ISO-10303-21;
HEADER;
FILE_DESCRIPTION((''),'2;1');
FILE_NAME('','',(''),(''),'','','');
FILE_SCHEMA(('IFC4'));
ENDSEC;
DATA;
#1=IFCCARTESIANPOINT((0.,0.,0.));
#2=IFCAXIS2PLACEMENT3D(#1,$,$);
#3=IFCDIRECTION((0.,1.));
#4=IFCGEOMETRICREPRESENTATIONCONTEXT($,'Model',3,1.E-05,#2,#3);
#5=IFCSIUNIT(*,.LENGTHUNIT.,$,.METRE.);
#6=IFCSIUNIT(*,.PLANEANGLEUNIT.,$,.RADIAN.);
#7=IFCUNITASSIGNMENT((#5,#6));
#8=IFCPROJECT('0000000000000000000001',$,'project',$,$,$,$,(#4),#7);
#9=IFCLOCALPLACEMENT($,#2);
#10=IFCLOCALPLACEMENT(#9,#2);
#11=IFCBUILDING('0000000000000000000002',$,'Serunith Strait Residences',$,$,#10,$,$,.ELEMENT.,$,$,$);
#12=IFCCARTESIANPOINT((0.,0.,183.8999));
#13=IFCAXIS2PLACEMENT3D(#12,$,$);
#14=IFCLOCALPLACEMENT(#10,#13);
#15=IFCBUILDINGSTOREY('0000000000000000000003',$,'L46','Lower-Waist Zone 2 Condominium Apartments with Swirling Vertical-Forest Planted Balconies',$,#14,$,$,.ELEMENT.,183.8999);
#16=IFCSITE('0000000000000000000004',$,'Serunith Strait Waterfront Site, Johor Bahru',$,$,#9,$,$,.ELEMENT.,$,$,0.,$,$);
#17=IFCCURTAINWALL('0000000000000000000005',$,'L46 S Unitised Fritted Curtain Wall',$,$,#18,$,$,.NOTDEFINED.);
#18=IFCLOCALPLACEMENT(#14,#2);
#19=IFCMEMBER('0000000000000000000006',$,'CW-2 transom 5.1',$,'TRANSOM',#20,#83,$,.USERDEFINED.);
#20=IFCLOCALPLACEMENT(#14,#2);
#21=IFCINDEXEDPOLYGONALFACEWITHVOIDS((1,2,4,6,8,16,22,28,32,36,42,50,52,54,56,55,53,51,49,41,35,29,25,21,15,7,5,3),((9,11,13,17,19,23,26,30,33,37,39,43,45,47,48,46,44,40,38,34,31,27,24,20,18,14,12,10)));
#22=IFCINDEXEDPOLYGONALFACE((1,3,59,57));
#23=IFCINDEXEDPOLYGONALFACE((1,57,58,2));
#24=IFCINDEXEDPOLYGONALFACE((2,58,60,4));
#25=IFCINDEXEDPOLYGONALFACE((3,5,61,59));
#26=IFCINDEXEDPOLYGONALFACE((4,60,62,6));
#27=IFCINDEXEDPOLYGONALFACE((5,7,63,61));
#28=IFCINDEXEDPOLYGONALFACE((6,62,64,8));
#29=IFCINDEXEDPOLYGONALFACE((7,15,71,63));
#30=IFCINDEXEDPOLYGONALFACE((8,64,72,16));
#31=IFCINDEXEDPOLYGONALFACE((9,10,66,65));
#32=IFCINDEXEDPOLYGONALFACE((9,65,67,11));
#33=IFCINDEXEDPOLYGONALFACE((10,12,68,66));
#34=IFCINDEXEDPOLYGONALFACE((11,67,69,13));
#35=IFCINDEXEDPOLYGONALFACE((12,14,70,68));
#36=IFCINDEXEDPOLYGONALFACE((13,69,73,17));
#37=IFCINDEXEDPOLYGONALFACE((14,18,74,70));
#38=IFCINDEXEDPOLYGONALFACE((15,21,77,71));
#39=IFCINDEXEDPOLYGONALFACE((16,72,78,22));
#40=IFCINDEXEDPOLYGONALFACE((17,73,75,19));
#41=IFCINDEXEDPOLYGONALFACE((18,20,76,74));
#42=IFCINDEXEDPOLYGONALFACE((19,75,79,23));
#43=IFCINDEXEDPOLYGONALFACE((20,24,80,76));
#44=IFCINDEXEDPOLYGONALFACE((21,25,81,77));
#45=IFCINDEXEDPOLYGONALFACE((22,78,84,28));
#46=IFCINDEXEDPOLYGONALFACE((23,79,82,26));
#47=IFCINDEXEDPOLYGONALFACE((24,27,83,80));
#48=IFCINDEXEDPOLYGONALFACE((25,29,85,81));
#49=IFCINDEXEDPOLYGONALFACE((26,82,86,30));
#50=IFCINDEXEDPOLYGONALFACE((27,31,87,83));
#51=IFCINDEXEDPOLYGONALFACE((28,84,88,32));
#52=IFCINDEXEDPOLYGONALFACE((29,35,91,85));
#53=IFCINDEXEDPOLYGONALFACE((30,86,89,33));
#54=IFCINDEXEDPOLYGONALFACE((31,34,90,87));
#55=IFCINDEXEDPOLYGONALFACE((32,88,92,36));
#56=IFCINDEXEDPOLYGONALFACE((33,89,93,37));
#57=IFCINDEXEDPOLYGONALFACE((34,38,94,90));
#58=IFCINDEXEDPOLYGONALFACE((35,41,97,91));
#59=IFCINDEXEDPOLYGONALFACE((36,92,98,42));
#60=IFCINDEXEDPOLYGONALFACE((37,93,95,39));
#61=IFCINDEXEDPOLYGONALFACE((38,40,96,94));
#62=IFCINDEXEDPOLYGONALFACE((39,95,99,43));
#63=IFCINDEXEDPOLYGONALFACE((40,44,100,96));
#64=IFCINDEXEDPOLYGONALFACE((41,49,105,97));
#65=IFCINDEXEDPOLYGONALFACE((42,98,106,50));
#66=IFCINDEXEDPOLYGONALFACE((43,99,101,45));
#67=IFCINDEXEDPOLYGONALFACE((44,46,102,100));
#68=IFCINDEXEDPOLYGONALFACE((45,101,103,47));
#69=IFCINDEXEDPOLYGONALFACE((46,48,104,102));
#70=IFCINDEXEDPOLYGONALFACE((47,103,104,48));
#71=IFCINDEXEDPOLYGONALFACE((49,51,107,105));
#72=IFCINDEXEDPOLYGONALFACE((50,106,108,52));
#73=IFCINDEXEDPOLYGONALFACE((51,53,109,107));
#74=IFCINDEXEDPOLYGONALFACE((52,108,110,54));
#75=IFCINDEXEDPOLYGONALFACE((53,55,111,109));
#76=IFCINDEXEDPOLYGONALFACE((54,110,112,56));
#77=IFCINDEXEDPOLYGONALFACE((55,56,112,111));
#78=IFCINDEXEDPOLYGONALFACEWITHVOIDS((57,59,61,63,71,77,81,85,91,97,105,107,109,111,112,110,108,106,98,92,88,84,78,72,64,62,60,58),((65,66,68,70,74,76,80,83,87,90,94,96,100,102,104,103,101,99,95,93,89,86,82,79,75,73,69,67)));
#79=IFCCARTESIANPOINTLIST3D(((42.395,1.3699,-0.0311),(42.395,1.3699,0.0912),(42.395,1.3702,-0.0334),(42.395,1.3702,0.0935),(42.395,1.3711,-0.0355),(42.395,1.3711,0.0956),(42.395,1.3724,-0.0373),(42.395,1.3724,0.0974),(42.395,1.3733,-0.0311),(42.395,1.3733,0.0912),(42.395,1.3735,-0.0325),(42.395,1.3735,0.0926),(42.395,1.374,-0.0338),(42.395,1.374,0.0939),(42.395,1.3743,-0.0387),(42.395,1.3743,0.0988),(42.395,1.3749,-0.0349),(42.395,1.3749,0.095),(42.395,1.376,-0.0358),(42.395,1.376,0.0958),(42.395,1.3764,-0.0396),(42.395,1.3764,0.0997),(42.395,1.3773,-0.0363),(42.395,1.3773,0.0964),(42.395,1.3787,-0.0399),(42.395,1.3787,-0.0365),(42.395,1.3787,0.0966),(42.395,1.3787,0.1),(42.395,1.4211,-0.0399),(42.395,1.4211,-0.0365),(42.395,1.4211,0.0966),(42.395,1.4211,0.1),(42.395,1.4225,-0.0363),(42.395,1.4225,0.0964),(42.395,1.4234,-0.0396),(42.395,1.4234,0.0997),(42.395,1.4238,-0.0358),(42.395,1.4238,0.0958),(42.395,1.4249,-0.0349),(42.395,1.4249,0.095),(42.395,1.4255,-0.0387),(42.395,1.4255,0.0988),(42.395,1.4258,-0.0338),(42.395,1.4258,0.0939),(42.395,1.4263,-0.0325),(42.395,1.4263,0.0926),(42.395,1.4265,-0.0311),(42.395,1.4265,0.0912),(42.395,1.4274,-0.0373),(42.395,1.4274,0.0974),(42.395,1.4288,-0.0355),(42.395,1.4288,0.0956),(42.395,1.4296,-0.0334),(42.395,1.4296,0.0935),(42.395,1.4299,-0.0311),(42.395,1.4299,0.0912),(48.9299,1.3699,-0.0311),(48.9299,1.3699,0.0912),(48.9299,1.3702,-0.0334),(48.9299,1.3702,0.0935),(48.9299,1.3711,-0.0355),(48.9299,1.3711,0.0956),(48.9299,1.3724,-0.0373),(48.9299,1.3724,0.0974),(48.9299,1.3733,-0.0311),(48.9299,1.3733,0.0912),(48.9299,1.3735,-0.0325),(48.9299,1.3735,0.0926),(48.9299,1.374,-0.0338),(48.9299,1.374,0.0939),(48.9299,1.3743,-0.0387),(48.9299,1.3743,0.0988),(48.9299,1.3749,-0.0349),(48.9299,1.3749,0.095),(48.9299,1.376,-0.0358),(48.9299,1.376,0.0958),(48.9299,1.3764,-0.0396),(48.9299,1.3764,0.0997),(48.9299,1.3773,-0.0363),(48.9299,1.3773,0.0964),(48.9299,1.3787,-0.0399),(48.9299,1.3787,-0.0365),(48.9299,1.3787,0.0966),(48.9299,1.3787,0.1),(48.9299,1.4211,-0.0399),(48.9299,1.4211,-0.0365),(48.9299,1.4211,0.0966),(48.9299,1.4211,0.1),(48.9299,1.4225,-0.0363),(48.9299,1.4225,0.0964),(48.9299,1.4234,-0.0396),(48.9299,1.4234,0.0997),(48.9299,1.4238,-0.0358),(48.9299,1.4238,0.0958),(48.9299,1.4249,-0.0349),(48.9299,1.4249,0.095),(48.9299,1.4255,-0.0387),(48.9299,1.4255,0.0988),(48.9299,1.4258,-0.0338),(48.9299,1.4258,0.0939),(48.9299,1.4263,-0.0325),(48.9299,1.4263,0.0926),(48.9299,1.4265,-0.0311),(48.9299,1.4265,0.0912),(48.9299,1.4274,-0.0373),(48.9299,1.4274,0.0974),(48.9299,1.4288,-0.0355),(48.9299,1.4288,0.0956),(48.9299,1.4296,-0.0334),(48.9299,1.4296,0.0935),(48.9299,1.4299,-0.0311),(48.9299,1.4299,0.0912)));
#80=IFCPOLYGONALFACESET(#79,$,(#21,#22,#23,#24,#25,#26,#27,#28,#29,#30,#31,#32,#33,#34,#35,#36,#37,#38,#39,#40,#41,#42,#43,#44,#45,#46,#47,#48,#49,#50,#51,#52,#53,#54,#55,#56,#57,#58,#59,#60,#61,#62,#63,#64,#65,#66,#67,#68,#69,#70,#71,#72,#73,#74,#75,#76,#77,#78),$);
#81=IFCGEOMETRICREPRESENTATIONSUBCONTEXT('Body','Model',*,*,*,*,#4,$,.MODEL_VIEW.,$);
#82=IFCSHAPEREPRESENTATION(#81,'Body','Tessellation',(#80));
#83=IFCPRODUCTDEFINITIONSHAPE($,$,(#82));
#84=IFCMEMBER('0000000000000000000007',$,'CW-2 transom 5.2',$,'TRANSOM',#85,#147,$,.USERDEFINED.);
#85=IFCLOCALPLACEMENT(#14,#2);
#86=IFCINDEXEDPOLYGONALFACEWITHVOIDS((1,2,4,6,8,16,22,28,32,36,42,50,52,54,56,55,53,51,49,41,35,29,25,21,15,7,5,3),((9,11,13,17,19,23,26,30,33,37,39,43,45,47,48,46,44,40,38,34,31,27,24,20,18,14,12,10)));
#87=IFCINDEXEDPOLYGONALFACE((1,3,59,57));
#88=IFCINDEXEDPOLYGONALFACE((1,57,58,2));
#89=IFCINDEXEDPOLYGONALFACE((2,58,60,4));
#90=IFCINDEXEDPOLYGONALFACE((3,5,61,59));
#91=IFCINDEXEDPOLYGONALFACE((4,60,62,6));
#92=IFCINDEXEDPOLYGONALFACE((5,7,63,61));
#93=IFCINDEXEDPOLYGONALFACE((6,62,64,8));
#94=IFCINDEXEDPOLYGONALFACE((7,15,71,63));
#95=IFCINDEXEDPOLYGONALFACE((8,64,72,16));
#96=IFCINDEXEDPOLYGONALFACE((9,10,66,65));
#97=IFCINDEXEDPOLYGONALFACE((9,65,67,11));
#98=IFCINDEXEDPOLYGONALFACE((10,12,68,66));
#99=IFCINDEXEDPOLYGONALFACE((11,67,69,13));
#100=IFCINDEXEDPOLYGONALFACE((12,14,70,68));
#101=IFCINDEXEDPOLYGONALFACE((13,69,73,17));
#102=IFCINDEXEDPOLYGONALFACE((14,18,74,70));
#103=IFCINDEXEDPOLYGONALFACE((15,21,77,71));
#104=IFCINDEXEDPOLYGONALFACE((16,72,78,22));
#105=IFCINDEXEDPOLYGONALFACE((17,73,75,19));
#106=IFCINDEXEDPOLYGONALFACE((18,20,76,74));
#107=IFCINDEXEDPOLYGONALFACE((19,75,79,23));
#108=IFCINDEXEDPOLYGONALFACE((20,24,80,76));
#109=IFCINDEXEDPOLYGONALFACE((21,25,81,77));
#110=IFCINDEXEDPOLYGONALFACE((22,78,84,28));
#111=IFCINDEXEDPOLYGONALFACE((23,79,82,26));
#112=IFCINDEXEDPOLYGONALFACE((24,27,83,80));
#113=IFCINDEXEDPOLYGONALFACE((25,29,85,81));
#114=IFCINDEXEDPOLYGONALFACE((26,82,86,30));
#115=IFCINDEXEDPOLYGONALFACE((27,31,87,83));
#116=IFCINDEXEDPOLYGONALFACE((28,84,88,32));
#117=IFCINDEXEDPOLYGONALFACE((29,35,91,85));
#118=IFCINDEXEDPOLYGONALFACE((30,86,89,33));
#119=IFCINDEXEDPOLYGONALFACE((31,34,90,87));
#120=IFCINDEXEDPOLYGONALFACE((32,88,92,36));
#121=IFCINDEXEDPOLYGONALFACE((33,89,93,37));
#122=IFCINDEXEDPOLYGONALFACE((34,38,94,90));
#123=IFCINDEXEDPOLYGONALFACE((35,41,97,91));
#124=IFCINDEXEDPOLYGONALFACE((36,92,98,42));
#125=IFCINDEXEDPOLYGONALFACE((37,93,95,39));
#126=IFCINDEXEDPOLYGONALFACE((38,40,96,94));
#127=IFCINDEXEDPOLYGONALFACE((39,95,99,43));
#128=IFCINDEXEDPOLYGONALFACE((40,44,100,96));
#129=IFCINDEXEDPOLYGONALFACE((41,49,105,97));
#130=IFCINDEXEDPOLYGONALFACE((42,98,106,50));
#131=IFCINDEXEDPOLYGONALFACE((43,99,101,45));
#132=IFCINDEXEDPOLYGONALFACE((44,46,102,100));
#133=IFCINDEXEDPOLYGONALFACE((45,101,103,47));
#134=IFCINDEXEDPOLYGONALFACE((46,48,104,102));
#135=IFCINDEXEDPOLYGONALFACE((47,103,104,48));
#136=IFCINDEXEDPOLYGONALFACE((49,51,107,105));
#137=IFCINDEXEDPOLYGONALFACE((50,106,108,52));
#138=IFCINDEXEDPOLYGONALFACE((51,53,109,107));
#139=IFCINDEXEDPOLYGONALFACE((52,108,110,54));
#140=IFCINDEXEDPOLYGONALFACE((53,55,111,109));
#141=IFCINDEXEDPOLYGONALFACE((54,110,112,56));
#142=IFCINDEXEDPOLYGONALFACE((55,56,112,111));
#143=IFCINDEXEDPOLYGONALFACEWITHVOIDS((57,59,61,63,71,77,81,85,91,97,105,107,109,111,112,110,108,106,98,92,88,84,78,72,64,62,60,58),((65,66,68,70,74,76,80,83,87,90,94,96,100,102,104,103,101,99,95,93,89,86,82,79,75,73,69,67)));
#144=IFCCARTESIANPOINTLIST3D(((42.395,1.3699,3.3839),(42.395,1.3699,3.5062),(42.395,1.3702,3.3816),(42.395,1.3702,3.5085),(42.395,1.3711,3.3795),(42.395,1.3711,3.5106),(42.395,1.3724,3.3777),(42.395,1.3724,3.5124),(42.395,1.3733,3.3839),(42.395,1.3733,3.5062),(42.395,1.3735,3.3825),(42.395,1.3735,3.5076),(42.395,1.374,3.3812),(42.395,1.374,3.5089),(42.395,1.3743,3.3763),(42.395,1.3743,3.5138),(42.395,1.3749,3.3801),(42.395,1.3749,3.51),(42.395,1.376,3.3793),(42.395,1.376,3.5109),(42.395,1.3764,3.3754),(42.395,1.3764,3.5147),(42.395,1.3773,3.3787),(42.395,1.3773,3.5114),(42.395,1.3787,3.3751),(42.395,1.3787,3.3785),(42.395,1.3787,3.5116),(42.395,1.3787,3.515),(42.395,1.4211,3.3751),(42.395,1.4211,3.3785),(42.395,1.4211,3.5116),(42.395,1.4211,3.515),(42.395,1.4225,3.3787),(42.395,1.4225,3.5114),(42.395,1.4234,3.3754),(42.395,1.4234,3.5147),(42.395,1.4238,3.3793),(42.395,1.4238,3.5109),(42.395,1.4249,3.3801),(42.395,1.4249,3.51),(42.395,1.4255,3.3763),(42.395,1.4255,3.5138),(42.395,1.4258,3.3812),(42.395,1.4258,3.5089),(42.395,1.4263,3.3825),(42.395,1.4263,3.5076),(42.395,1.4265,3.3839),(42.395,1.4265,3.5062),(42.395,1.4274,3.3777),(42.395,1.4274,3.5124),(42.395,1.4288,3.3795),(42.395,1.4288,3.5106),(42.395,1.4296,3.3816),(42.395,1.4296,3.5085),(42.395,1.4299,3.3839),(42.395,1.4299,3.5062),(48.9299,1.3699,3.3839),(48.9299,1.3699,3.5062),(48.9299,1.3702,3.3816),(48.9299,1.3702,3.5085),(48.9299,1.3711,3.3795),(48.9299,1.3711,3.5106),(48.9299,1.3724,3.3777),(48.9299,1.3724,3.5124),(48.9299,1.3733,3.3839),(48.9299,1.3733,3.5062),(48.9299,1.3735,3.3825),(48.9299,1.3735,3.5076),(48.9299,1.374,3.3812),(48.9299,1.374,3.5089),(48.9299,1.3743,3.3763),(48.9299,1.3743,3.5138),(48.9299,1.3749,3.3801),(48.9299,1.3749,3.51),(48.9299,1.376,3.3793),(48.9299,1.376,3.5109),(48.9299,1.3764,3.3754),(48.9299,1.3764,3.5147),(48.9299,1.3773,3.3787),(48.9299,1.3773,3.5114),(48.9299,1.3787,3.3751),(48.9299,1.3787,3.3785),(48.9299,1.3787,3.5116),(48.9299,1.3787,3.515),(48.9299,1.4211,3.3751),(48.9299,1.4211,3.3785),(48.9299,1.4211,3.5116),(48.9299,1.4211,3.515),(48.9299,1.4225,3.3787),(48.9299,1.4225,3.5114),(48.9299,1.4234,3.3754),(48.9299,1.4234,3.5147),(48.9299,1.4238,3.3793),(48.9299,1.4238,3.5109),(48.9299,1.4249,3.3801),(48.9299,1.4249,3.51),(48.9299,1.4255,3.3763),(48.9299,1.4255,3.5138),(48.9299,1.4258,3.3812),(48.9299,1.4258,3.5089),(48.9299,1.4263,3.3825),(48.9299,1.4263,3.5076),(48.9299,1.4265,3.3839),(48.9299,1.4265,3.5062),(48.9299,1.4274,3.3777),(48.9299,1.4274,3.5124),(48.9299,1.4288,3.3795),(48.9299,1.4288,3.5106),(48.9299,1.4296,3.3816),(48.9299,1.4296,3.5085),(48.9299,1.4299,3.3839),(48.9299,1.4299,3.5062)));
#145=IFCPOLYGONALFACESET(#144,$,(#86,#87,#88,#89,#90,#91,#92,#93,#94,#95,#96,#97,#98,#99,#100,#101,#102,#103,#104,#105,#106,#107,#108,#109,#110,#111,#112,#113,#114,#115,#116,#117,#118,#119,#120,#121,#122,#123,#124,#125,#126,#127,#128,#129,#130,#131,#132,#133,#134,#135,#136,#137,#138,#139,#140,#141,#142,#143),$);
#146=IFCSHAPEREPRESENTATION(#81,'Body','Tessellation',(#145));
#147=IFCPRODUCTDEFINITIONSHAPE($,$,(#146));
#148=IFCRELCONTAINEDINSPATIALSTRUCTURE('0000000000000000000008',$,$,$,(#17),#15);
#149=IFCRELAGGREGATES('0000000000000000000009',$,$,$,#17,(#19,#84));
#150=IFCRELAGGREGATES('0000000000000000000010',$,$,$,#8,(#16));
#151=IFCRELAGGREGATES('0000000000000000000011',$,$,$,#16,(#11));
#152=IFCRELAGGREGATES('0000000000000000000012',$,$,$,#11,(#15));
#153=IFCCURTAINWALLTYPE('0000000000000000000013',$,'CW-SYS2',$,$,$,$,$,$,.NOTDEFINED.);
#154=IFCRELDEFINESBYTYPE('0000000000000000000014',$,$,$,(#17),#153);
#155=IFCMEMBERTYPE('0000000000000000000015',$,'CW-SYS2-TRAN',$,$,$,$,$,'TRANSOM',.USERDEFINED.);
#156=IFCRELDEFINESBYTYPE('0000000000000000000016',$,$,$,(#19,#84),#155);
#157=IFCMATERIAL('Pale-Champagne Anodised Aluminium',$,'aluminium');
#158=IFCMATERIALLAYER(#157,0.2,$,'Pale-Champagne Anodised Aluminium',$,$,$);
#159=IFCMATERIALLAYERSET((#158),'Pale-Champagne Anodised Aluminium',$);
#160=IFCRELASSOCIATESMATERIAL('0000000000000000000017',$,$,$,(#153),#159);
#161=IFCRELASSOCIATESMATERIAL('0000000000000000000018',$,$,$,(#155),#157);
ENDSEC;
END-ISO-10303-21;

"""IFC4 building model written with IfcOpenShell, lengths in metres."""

from ifc_helpers import new_model, si_unit, direction, frame, origin, origin_2d, place, context, subcontext, project, spatial, hollow_rectangle, extrude, source, transform, mapped, material, layer, layer_set, material_profile, profile_set, type_object, element, aggregate, save


model = new_model("IFC4")

# Units and contexts
model_context = context("Model", 3, precision=1e-05, world=origin(), true_north=direction((0.0, 1.0)))
body_context = subcontext(model_context, "Body", "Model", "MODEL_VIEW")
ifc_project = project(units=[si_unit("LENGTHUNIT", "METRE"), si_unit("PLANEANGLEUNIT", "RADIAN")], contexts=[model_context])

# Site, building, storey
site_placement = place(None, origin())
site = spatial("IfcSite", under=ifc_project, at=site_placement, Name="Serunith Strait Waterfront Site, Johor Bahru", CompositionType="ELEMENT", RefElevation=0.0)
building_placement = place(site_placement, origin())
building = spatial("IfcBuilding", under=site, at=building_placement, Name="Serunith Strait Residences", CompositionType="ELEMENT")
storey_placement = place(building_placement, frame((0.0, 0.0, 183.8999)))
storey = spatial("IfcBuildingStorey", under=building, at=storey_placement, Name="L46", Description="Lower-Waist Zone 2 Condominium Apartments with Swirling Vertical-Forest Planted Balconies", CompositionType="ELEMENT", Elevation=183.8999)

# Curtain wall, members
ifc_material_1 = material(Name="Pale-Champagne Anodised Aluminium", Category="aluminium")
ifc_layer_1 = layer(ifc_material_1, 0.2, Name="Pale-Champagne Anodised Aluminium")
ifc_layer_set_1 = layer_set([ifc_layer_1], Name="Pale-Champagne Anodised Aluminium")
curtain_wall_type = type_object("IfcCurtainWallType", Name="CW-SYS2", PredefinedType="NOTDEFINED", material=ifc_layer_set_1)
curtain_wall_placement = place(storey_placement, origin())
curtain_wall = element("IfcCurtainWall", 1, at=curtain_wall_placement, inside=storey, type_object=curtain_wall_type, Name="L46 S Unitised Fritted Curtain Wall", PredefinedType="NOTDEFINED")
ifc_material_profile_1 = material_profile(ifc_material_1, hollow_rectangle(XDim=0.0601, YDim=0.1399, WallThickness=0.0034, InnerFilletRadius=0.0054, OuterFilletRadius=0.0088, at=origin_2d()), Name="ALU 140x60x3.5")
ifc_profile_set_1 = profile_set([ifc_material_profile_1], Name="Pale-Champagne Anodised Aluminium")
member_type_1 = type_object("IfcMemberType", Name="CW-SYS2-TRAN", ElementType="TRANSOM", PredefinedType="USERDEFINED", material=ifc_profile_set_1)
shared_shape_1 = source(origin(), body_context, "Body", "SweptSolid", [
    extrude(hollow_rectangle(XDim=0.0601, YDim=0.1399, WallThickness=0.0034, InnerFilletRadius=0.0054, OuterFilletRadius=0.0088, at=origin_2d()), origin(), (0.0, 0.0, 1.0), 6.5349),
])
member_1_placement = place(storey_placement, frame((42.395, 1.3999, 0.03), z_axis=(1.0, 0.0, 0.0), x_axis=(0.0, 1.0, 0.0)))
member_1 = element("IfcMember", 2, at=member_1_placement, type_object=member_type_1, Name="CW-2 transom 5.1", ObjectType="TRANSOM", PredefinedType="USERDEFINED", context=body_context, shape_type="MappedRepresentation", body=[
    mapped(shared_shape_1, transform((0.0, 0.0, 0.0), scale=1.0)),
])
member_2_placement = place(storey_placement, frame((42.395, 1.3999, 3.4451), z_axis=(1.0, 0.0, 0.0), x_axis=(0.0, 1.0, 0.0)))
member_2 = element("IfcMember", 3, at=member_2_placement, type_object=member_type_1, Name="CW-2 transom 5.2", ObjectType="TRANSOM", PredefinedType="USERDEFINED", context=body_context, shape_type="MappedRepresentation", body=[
    mapped(shared_shape_1, transform((0.0, 0.0, 0.0), scale=1.0)),
])
aggregate(curtain_wall, [member_1, member_2])

save(model, "model.ifc")
